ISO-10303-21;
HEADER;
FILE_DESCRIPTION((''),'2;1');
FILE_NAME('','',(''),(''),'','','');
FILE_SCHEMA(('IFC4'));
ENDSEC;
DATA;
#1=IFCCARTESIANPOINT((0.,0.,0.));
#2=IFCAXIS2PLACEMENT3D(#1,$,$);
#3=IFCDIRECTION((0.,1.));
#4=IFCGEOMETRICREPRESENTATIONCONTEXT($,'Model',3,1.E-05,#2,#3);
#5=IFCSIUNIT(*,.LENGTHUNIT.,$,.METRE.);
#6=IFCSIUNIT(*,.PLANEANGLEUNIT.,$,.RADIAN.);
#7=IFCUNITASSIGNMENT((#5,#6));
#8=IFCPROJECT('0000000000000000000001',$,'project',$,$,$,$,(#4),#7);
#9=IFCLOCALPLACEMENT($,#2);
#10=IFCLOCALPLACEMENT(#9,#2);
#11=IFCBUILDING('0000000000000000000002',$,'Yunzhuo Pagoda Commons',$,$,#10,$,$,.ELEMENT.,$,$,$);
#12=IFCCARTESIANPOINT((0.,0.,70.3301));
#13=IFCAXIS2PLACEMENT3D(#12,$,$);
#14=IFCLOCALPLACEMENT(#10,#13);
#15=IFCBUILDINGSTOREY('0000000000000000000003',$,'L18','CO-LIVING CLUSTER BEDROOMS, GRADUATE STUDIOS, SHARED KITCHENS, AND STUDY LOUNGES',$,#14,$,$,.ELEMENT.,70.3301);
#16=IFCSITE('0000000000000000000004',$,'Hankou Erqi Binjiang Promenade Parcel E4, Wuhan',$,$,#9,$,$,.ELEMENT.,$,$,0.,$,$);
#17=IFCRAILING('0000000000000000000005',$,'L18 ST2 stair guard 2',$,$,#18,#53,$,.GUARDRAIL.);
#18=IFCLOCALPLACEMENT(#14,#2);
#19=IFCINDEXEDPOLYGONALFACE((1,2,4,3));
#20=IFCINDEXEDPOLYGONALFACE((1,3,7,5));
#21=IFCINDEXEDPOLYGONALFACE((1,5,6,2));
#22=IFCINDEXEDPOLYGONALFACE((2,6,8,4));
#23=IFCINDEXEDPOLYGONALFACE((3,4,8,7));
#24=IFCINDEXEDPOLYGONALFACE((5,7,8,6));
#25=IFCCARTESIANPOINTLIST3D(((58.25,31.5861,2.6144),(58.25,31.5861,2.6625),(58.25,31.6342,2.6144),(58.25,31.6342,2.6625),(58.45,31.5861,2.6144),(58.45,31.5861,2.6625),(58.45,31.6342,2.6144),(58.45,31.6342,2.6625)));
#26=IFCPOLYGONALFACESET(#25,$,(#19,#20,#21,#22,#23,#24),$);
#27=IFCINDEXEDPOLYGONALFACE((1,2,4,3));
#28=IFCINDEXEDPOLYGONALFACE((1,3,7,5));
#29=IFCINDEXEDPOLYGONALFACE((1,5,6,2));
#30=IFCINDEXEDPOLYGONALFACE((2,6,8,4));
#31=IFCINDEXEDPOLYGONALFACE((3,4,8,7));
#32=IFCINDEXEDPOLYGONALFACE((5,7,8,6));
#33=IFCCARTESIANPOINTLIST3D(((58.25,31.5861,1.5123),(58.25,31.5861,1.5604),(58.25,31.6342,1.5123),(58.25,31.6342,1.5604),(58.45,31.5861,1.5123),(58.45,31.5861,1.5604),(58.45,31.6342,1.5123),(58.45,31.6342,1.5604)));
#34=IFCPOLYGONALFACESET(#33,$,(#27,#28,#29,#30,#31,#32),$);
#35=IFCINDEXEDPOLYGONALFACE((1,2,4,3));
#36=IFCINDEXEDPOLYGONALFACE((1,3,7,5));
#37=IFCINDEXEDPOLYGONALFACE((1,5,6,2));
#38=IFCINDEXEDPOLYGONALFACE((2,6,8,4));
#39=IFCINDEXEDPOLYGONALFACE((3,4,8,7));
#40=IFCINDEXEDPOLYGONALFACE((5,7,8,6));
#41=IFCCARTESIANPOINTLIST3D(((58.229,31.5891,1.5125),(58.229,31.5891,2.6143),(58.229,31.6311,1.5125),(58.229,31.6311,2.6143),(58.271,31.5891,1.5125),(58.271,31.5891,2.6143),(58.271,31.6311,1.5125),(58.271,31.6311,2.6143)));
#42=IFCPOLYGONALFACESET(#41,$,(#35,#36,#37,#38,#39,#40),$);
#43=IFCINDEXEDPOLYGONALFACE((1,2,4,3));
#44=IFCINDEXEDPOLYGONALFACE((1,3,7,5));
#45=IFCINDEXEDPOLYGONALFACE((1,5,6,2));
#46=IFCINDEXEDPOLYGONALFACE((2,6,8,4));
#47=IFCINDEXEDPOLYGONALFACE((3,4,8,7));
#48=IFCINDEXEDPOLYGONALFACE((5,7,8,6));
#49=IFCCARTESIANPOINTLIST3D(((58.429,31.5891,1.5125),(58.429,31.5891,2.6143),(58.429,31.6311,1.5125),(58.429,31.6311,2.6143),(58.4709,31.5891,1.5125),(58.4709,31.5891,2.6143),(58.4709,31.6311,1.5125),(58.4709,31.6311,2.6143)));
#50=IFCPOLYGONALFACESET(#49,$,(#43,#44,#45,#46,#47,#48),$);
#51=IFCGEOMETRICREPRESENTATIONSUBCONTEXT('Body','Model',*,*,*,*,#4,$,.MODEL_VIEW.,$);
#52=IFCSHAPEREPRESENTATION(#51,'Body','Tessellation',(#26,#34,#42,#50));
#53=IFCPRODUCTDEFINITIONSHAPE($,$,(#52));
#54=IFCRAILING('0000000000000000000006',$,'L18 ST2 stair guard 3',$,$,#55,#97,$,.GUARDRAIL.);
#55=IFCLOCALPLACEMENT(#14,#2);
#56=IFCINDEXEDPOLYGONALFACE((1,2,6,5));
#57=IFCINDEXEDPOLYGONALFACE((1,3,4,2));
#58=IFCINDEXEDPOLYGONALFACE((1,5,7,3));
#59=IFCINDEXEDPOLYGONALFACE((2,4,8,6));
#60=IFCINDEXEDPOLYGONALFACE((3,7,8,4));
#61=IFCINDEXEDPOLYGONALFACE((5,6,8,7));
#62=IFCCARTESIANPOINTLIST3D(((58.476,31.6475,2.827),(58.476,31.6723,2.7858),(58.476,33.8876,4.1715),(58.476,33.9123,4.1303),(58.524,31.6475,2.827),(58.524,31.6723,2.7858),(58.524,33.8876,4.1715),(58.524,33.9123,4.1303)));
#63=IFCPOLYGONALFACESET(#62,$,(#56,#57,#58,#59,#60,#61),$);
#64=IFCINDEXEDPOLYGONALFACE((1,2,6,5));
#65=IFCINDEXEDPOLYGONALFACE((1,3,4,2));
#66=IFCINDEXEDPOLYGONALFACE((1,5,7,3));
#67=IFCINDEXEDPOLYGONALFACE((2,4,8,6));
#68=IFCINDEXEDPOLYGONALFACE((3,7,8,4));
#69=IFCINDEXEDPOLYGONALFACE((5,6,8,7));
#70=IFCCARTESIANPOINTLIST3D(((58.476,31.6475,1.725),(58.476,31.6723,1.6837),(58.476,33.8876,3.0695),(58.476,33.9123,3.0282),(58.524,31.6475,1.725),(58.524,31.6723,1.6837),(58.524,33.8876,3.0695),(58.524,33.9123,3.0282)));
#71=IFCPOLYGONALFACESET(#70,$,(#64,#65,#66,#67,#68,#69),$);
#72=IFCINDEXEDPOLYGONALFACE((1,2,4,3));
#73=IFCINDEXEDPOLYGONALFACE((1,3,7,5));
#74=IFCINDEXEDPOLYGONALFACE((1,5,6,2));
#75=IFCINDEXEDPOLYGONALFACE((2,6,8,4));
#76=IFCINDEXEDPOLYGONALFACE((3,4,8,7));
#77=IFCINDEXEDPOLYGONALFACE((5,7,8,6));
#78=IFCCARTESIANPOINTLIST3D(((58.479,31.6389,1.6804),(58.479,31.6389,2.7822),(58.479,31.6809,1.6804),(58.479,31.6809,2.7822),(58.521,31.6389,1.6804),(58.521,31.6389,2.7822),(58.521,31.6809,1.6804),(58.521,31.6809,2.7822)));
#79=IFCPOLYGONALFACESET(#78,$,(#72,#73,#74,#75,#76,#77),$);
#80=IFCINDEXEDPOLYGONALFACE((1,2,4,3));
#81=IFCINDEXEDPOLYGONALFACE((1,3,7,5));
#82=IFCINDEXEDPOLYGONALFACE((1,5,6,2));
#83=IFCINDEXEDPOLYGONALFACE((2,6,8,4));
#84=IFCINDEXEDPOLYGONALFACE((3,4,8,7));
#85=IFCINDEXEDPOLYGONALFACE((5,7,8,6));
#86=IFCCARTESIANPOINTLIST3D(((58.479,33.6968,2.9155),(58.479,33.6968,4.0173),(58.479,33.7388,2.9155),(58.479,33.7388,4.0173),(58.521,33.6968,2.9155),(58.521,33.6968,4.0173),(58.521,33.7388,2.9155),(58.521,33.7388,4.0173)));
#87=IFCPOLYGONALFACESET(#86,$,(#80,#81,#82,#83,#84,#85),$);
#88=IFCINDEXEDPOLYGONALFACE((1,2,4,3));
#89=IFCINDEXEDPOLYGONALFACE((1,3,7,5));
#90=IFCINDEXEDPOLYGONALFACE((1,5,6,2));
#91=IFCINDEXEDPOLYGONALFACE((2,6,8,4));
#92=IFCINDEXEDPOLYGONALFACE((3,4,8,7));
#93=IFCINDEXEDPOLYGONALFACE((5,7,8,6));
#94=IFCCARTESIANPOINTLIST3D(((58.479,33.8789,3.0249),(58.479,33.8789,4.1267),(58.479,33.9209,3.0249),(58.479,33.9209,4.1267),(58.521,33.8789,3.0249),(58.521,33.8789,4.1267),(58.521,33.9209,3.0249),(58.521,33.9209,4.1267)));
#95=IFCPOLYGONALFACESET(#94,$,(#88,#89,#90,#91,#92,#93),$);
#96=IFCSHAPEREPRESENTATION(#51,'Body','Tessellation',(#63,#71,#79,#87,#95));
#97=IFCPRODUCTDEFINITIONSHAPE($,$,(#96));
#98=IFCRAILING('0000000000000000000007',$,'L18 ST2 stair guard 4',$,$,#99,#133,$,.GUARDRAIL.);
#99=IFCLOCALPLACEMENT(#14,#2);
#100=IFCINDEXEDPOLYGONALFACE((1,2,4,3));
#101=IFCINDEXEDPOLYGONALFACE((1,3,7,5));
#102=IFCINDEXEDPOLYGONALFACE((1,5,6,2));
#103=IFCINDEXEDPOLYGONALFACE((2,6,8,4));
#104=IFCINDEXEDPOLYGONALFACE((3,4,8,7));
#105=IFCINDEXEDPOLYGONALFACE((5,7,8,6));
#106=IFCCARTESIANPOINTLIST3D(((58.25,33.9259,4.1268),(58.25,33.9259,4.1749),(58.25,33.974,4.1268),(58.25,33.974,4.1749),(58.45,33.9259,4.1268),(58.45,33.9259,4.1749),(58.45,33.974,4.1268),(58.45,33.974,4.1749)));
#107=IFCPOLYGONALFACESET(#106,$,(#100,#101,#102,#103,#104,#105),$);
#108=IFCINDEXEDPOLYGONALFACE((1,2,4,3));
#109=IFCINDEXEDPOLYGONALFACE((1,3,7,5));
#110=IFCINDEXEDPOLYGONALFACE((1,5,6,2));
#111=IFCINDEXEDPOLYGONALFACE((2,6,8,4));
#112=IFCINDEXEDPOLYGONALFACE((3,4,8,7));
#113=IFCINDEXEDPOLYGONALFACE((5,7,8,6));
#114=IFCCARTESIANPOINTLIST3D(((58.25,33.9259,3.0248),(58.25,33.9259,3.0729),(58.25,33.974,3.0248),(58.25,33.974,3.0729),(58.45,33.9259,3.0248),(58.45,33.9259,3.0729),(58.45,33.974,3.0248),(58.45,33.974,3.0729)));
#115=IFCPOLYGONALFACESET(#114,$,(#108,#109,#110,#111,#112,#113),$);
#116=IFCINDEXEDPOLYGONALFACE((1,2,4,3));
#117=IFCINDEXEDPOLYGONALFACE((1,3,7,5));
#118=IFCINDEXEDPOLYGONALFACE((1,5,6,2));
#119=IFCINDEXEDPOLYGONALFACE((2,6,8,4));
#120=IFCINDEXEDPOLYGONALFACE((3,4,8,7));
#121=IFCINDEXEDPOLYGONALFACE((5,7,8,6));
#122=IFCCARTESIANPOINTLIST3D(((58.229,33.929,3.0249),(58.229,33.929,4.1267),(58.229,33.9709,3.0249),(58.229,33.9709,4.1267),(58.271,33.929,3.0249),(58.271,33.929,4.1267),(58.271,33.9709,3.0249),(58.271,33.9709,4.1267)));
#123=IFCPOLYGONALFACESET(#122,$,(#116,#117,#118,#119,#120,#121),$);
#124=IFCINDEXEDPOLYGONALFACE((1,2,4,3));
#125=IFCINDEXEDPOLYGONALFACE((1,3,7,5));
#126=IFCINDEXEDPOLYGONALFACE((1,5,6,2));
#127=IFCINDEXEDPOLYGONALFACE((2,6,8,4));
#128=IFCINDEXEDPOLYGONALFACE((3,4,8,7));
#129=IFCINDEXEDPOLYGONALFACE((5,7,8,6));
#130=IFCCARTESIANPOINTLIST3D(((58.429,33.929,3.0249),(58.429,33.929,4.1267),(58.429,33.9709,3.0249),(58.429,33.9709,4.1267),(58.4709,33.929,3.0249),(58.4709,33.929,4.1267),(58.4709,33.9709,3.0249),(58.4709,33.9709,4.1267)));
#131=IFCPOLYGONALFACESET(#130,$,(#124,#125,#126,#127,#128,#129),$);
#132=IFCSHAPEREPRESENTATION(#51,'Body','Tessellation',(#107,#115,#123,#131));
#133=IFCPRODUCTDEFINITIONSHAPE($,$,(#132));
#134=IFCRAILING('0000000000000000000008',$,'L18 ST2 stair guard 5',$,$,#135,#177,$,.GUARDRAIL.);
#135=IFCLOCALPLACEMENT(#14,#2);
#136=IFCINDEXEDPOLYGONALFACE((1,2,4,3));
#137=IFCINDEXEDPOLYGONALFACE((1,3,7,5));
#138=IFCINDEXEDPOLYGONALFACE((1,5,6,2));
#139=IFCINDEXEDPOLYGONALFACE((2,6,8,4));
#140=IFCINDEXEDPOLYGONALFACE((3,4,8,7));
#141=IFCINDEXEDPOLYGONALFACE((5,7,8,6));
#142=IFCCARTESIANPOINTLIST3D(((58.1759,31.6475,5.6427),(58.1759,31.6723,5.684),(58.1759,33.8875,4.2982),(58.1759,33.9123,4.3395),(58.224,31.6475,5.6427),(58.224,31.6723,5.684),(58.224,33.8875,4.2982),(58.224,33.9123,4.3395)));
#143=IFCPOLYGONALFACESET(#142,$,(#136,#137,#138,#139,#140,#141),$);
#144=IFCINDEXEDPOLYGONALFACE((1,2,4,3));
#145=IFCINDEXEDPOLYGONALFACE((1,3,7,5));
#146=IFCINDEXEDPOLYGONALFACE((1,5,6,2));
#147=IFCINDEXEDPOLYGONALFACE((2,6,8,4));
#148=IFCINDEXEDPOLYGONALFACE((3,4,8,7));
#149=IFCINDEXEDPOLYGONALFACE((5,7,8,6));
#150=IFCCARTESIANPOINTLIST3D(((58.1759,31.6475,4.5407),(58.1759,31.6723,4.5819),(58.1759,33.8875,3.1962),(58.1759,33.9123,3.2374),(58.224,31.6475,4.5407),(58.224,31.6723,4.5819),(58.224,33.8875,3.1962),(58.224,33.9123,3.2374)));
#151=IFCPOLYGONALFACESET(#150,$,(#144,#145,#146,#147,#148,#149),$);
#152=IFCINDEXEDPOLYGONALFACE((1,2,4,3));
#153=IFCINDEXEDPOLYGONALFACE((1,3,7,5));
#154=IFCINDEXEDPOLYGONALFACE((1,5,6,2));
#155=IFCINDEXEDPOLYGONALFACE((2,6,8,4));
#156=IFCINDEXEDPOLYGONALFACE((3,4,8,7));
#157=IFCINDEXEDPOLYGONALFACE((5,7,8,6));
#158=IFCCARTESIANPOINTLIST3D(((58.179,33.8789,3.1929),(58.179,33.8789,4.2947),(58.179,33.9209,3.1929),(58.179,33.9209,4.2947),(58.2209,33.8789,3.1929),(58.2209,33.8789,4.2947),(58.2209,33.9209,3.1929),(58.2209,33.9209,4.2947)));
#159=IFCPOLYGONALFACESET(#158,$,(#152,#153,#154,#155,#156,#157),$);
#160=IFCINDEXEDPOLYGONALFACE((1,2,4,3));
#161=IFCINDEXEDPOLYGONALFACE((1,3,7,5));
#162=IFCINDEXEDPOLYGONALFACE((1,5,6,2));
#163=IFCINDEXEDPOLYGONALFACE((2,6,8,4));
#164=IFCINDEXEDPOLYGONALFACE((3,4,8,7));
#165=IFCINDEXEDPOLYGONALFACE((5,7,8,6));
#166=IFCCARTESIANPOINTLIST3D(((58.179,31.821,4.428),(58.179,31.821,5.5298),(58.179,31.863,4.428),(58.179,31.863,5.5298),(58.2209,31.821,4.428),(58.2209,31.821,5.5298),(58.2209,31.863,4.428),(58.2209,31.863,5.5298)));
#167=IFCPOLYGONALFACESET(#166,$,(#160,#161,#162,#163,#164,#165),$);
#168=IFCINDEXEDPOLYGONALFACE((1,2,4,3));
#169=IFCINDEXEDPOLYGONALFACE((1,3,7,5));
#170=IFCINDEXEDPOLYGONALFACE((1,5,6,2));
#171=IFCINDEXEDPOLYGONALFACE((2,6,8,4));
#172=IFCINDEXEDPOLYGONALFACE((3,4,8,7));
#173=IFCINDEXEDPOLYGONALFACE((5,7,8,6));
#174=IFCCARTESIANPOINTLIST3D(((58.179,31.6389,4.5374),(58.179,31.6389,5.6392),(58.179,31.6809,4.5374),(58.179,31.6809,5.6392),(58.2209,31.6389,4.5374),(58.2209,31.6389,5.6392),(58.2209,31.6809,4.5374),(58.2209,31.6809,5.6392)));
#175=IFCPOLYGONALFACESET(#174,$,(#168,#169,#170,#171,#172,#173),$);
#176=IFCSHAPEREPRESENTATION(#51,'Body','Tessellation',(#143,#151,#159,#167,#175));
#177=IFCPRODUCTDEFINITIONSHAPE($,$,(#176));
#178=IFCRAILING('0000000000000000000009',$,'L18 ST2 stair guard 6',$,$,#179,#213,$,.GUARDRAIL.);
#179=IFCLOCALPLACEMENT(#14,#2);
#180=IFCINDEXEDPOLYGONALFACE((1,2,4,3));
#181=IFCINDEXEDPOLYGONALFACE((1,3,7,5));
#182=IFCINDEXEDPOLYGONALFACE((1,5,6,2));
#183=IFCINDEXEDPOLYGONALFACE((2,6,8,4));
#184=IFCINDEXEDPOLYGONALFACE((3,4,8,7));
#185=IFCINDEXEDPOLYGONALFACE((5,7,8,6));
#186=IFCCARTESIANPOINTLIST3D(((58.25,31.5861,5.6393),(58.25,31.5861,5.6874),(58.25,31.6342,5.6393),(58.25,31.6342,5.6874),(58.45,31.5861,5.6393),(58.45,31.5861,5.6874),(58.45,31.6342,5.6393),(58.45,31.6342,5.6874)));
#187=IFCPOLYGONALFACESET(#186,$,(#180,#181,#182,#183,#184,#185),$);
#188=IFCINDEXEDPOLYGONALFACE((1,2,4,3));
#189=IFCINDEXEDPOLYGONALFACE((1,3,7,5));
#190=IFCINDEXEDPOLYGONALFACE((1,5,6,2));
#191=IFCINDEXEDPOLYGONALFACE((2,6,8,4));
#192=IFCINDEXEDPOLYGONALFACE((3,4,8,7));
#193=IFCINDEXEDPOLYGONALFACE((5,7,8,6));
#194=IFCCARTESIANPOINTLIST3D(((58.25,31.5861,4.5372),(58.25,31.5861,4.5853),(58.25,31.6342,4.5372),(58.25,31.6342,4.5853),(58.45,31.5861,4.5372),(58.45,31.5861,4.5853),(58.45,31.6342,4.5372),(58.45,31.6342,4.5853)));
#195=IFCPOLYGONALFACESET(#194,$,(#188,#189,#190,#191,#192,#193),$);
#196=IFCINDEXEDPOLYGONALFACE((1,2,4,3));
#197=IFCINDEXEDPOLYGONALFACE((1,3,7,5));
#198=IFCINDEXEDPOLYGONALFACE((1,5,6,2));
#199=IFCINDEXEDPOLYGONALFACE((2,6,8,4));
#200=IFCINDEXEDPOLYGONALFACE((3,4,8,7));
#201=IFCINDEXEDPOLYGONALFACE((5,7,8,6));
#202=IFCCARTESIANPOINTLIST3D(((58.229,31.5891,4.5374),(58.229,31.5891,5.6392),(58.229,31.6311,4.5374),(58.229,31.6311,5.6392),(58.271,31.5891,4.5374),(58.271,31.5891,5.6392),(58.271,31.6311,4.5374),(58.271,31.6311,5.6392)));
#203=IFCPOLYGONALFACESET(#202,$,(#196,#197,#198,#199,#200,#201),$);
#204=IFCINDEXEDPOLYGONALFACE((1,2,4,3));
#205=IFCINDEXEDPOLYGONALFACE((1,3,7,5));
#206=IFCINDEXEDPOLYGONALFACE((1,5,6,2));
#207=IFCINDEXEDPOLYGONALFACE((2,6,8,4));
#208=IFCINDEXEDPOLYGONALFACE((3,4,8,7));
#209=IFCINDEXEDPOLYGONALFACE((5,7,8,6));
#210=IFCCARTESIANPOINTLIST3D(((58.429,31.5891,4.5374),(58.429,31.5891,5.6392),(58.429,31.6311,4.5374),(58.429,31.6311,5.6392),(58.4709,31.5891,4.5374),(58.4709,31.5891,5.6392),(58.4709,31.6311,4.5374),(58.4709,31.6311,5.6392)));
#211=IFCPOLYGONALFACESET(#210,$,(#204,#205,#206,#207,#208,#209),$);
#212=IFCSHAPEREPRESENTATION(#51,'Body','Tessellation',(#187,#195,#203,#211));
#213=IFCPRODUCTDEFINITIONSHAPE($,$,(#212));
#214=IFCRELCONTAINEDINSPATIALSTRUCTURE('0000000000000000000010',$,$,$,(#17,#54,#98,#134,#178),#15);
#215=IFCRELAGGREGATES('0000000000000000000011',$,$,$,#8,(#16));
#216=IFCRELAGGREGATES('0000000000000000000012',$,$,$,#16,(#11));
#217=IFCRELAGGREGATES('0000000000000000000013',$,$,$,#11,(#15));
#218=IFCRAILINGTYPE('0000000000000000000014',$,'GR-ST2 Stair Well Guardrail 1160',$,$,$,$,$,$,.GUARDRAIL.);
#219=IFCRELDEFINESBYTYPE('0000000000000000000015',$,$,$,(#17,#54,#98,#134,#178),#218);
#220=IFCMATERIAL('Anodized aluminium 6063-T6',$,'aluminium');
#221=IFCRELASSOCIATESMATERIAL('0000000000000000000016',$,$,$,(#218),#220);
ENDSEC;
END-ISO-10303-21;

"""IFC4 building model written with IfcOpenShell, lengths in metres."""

from ifc_helpers import new_model, si_unit, direction, frame, origin, origin_2d, place, context, subcontext, project, spatial, rectangle, extrude, material, type_object, element, save


model = new_model("IFC4")

# Units and contexts
model_context = context("Model", 3, precision=1e-05, world=origin(), true_north=direction((0.0, 1.0)))
body_context = subcontext(model_context, "Body", "Model", "MODEL_VIEW")
ifc_project = project(units=[si_unit("LENGTHUNIT", "METRE"), si_unit("PLANEANGLEUNIT", "RADIAN")], contexts=[model_context])

# Site, building, storey
site_placement = place(None, origin())
site = spatial("IfcSite", under=ifc_project, at=site_placement, Name="Hankou Erqi Binjiang Promenade Parcel E4, Wuhan", CompositionType="ELEMENT", RefElevation=0.0)
building_placement = place(site_placement, origin())
building = spatial("IfcBuilding", under=site, at=building_placement, Name="Yunzhuo Pagoda Commons", CompositionType="ELEMENT")
storey_placement = place(building_placement, frame((0.0, 0.0, 70.3301)))
storey = spatial("IfcBuildingStorey", under=building, at=storey_placement, Name="L18", Description="CO-LIVING CLUSTER BEDROOMS, GRADUATE STUDIOS, SHARED KITCHENS, AND STUDY LOUNGES", CompositionType="ELEMENT", Elevation=70.3301)

# Railings
ifc_material_1 = material(Name="Anodized aluminium 6063-T6", Category="aluminium")
railing_type_1 = type_object("IfcRailingType", Name="GR-ST2 Stair Well Guardrail 1160", PredefinedType="GUARDRAIL", material=ifc_material_1)
railing_1_placement = place(storey_placement, frame((58.25, 31.6101, 1.5125)))
element("IfcRailing", 1, at=railing_1_placement, inside=storey, type_object=railing_type_1, Name="L18 ST2 stair guard 2", PredefinedType="GUARDRAIL", context=body_context, shape_type="SweptSolid", body=[
    extrude(rectangle(XDim=0.0481, YDim=0.0481, at=origin_2d()), frame((0.0, 0.0, 1.126), z_axis=(1.0, 0.0, 0.0), x_axis=(0.0, 1.0, 0.0)), (0.0, 0.0, 1.0), 0.2),
    extrude(rectangle(XDim=0.0481, YDim=0.0481, at=origin_2d()), frame((0.0, 0.0, 0.0239), z_axis=(1.0, 0.0, 0.0), x_axis=(0.0, 1.0, 0.0)), (0.0, 0.0, 1.0), 0.2),
    extrude(rectangle(XDim=0.042, YDim=0.042, at=origin_2d()), origin(), (0.0, 0.0, 1.0), 1.1018),
    extrude(rectangle(XDim=0.042, YDim=0.042, at=origin_2d()), frame((0.2, 0.0, 0.0)), (0.0, 0.0, 1.0), 1.1018),
])
railing_2_placement = place(storey_placement, frame((58.5, 31.6599, 1.6804)))
element("IfcRailing", 2, at=railing_2_placement, inside=storey, type_object=railing_type_1, Name="L18 ST2 stair guard 3", PredefinedType="GUARDRAIL", context=body_context, shape_type="SweptSolid", body=[
    extrude(rectangle(XDim=0.0481, YDim=0.0481, at=origin_2d()), frame((0.0, 0.0, 1.126), z_axis=(0.0, 0.85741, 0.514633), x_axis=(-1.0, 0.0, 0.0)), (0.0, 0.0, 1.0), 2.6125),
    extrude(rectangle(XDim=0.0481, YDim=0.0481, at=origin_2d()), frame((0.0, 0.0, 0.0239), z_axis=(0.0, 0.85741, 0.514633), x_axis=(-1.0, 0.0, 0.0)), (0.0, 0.0, 1.0), 2.6125),
    extrude(rectangle(XDim=0.042, YDim=0.042, at=origin_2d()), origin(), (0.0, 0.0, 1.0), 1.1018),
    extrude(rectangle(XDim=0.042, YDim=0.042, at=origin_2d()), frame((0.0, 2.0579, 1.2351)), (0.0, 0.0, 1.0), 1.1018),
    extrude(rectangle(XDim=0.042, YDim=0.042, at=origin_2d()), frame((0.0, 2.24, 1.3445)), (0.0, 0.0, 1.0), 1.1018),
])
railing_3_placement = place(storey_placement, frame((58.25, 33.95, 3.0249)))
element("IfcRailing", 3, at=railing_3_placement, inside=storey, type_object=railing_type_1, Name="L18 ST2 stair guard 4", PredefinedType="GUARDRAIL", context=body_context, shape_type="SweptSolid", body=[
    extrude(rectangle(XDim=0.0481, YDim=0.0481, at=origin_2d()), frame((0.0, 0.0, 1.126), z_axis=(1.0, 0.0, 0.0), x_axis=(0.0, 1.0, 0.0)), (0.0, 0.0, 1.0), 0.2),
    extrude(rectangle(XDim=0.0481, YDim=0.0481, at=origin_2d()), frame((0.0, 0.0, 0.0239), z_axis=(1.0, 0.0, 0.0), x_axis=(0.0, 1.0, 0.0)), (0.0, 0.0, 1.0), 0.2),
    extrude(rectangle(XDim=0.042, YDim=0.042, at=origin_2d()), origin(), (0.0, 0.0, 1.0), 1.1018),
    extrude(rectangle(XDim=0.042, YDim=0.042, at=origin_2d()), frame((0.2, 0.0, 0.0)), (0.0, 0.0, 1.0), 1.1018),
])
railing_4_placement = place(storey_placement, frame((58.2, 33.8999, 3.1929)))
element("IfcRailing", 4, at=railing_4_placement, inside=storey, type_object=railing_type_1, Name="L18 ST2 stair guard 5", PredefinedType="GUARDRAIL", context=body_context, shape_type="SweptSolid", body=[
    extrude(rectangle(XDim=0.0481, YDim=0.0481, at=origin_2d()), frame((0.0, 0.0, 1.126), z_axis=(0.0, -0.85741, 0.514633), x_axis=(1.0, 0.0, 0.0)), (0.0, 0.0, 1.0), 2.6125),
    extrude(rectangle(XDim=0.0481, YDim=0.0481, at=origin_2d()), frame((0.0, 0.0, 0.0239), z_axis=(0.0, -0.85741, 0.514633), x_axis=(1.0, 0.0, 0.0)), (0.0, 0.0, 1.0), 2.6125),
    extrude(rectangle(XDim=0.042, YDim=0.042, at=origin_2d()), origin(), (0.0, 0.0, 1.0), 1.1018),
    extrude(rectangle(XDim=0.042, YDim=0.042, at=origin_2d()), frame((0.0, -2.0579, 1.2351)), (0.0, 0.0, 1.0), 1.1018),
    extrude(rectangle(XDim=0.042, YDim=0.042, at=origin_2d()), frame((0.0, -2.24, 1.3445)), (0.0, 0.0, 1.0), 1.1018),
])
railing_5_placement = place(storey_placement, frame((58.25, 31.6101, 4.5374)))
element("IfcRailing", 5, at=railing_5_placement, inside=storey, type_object=railing_type_1, Name="L18 ST2 stair guard 6", PredefinedType="GUARDRAIL", context=body_context, shape_type="SweptSolid", body=[
    extrude(rectangle(XDim=0.0481, YDim=0.0481, at=origin_2d()), frame((0.0, 0.0, 1.126), z_axis=(1.0, 0.0, 0.0), x_axis=(0.0, 1.0, 0.0)), (0.0, 0.0, 1.0), 0.2),
    extrude(rectangle(XDim=0.0481, YDim=0.0481, at=origin_2d()), frame((0.0, 0.0, 0.0239), z_axis=(1.0, 0.0, 0.0), x_axis=(0.0, 1.0, 0.0)), (0.0, 0.0, 1.0), 0.2),
    extrude(rectangle(XDim=0.042, YDim=0.042, at=origin_2d()), origin(), (0.0, 0.0, 1.0), 1.1018),
    extrude(rectangle(XDim=0.042, YDim=0.042, at=origin_2d()), frame((0.2, 0.0, 0.0)), (0.0, 0.0, 1.0), 1.1018),
])

save(model, "model.ifc")
